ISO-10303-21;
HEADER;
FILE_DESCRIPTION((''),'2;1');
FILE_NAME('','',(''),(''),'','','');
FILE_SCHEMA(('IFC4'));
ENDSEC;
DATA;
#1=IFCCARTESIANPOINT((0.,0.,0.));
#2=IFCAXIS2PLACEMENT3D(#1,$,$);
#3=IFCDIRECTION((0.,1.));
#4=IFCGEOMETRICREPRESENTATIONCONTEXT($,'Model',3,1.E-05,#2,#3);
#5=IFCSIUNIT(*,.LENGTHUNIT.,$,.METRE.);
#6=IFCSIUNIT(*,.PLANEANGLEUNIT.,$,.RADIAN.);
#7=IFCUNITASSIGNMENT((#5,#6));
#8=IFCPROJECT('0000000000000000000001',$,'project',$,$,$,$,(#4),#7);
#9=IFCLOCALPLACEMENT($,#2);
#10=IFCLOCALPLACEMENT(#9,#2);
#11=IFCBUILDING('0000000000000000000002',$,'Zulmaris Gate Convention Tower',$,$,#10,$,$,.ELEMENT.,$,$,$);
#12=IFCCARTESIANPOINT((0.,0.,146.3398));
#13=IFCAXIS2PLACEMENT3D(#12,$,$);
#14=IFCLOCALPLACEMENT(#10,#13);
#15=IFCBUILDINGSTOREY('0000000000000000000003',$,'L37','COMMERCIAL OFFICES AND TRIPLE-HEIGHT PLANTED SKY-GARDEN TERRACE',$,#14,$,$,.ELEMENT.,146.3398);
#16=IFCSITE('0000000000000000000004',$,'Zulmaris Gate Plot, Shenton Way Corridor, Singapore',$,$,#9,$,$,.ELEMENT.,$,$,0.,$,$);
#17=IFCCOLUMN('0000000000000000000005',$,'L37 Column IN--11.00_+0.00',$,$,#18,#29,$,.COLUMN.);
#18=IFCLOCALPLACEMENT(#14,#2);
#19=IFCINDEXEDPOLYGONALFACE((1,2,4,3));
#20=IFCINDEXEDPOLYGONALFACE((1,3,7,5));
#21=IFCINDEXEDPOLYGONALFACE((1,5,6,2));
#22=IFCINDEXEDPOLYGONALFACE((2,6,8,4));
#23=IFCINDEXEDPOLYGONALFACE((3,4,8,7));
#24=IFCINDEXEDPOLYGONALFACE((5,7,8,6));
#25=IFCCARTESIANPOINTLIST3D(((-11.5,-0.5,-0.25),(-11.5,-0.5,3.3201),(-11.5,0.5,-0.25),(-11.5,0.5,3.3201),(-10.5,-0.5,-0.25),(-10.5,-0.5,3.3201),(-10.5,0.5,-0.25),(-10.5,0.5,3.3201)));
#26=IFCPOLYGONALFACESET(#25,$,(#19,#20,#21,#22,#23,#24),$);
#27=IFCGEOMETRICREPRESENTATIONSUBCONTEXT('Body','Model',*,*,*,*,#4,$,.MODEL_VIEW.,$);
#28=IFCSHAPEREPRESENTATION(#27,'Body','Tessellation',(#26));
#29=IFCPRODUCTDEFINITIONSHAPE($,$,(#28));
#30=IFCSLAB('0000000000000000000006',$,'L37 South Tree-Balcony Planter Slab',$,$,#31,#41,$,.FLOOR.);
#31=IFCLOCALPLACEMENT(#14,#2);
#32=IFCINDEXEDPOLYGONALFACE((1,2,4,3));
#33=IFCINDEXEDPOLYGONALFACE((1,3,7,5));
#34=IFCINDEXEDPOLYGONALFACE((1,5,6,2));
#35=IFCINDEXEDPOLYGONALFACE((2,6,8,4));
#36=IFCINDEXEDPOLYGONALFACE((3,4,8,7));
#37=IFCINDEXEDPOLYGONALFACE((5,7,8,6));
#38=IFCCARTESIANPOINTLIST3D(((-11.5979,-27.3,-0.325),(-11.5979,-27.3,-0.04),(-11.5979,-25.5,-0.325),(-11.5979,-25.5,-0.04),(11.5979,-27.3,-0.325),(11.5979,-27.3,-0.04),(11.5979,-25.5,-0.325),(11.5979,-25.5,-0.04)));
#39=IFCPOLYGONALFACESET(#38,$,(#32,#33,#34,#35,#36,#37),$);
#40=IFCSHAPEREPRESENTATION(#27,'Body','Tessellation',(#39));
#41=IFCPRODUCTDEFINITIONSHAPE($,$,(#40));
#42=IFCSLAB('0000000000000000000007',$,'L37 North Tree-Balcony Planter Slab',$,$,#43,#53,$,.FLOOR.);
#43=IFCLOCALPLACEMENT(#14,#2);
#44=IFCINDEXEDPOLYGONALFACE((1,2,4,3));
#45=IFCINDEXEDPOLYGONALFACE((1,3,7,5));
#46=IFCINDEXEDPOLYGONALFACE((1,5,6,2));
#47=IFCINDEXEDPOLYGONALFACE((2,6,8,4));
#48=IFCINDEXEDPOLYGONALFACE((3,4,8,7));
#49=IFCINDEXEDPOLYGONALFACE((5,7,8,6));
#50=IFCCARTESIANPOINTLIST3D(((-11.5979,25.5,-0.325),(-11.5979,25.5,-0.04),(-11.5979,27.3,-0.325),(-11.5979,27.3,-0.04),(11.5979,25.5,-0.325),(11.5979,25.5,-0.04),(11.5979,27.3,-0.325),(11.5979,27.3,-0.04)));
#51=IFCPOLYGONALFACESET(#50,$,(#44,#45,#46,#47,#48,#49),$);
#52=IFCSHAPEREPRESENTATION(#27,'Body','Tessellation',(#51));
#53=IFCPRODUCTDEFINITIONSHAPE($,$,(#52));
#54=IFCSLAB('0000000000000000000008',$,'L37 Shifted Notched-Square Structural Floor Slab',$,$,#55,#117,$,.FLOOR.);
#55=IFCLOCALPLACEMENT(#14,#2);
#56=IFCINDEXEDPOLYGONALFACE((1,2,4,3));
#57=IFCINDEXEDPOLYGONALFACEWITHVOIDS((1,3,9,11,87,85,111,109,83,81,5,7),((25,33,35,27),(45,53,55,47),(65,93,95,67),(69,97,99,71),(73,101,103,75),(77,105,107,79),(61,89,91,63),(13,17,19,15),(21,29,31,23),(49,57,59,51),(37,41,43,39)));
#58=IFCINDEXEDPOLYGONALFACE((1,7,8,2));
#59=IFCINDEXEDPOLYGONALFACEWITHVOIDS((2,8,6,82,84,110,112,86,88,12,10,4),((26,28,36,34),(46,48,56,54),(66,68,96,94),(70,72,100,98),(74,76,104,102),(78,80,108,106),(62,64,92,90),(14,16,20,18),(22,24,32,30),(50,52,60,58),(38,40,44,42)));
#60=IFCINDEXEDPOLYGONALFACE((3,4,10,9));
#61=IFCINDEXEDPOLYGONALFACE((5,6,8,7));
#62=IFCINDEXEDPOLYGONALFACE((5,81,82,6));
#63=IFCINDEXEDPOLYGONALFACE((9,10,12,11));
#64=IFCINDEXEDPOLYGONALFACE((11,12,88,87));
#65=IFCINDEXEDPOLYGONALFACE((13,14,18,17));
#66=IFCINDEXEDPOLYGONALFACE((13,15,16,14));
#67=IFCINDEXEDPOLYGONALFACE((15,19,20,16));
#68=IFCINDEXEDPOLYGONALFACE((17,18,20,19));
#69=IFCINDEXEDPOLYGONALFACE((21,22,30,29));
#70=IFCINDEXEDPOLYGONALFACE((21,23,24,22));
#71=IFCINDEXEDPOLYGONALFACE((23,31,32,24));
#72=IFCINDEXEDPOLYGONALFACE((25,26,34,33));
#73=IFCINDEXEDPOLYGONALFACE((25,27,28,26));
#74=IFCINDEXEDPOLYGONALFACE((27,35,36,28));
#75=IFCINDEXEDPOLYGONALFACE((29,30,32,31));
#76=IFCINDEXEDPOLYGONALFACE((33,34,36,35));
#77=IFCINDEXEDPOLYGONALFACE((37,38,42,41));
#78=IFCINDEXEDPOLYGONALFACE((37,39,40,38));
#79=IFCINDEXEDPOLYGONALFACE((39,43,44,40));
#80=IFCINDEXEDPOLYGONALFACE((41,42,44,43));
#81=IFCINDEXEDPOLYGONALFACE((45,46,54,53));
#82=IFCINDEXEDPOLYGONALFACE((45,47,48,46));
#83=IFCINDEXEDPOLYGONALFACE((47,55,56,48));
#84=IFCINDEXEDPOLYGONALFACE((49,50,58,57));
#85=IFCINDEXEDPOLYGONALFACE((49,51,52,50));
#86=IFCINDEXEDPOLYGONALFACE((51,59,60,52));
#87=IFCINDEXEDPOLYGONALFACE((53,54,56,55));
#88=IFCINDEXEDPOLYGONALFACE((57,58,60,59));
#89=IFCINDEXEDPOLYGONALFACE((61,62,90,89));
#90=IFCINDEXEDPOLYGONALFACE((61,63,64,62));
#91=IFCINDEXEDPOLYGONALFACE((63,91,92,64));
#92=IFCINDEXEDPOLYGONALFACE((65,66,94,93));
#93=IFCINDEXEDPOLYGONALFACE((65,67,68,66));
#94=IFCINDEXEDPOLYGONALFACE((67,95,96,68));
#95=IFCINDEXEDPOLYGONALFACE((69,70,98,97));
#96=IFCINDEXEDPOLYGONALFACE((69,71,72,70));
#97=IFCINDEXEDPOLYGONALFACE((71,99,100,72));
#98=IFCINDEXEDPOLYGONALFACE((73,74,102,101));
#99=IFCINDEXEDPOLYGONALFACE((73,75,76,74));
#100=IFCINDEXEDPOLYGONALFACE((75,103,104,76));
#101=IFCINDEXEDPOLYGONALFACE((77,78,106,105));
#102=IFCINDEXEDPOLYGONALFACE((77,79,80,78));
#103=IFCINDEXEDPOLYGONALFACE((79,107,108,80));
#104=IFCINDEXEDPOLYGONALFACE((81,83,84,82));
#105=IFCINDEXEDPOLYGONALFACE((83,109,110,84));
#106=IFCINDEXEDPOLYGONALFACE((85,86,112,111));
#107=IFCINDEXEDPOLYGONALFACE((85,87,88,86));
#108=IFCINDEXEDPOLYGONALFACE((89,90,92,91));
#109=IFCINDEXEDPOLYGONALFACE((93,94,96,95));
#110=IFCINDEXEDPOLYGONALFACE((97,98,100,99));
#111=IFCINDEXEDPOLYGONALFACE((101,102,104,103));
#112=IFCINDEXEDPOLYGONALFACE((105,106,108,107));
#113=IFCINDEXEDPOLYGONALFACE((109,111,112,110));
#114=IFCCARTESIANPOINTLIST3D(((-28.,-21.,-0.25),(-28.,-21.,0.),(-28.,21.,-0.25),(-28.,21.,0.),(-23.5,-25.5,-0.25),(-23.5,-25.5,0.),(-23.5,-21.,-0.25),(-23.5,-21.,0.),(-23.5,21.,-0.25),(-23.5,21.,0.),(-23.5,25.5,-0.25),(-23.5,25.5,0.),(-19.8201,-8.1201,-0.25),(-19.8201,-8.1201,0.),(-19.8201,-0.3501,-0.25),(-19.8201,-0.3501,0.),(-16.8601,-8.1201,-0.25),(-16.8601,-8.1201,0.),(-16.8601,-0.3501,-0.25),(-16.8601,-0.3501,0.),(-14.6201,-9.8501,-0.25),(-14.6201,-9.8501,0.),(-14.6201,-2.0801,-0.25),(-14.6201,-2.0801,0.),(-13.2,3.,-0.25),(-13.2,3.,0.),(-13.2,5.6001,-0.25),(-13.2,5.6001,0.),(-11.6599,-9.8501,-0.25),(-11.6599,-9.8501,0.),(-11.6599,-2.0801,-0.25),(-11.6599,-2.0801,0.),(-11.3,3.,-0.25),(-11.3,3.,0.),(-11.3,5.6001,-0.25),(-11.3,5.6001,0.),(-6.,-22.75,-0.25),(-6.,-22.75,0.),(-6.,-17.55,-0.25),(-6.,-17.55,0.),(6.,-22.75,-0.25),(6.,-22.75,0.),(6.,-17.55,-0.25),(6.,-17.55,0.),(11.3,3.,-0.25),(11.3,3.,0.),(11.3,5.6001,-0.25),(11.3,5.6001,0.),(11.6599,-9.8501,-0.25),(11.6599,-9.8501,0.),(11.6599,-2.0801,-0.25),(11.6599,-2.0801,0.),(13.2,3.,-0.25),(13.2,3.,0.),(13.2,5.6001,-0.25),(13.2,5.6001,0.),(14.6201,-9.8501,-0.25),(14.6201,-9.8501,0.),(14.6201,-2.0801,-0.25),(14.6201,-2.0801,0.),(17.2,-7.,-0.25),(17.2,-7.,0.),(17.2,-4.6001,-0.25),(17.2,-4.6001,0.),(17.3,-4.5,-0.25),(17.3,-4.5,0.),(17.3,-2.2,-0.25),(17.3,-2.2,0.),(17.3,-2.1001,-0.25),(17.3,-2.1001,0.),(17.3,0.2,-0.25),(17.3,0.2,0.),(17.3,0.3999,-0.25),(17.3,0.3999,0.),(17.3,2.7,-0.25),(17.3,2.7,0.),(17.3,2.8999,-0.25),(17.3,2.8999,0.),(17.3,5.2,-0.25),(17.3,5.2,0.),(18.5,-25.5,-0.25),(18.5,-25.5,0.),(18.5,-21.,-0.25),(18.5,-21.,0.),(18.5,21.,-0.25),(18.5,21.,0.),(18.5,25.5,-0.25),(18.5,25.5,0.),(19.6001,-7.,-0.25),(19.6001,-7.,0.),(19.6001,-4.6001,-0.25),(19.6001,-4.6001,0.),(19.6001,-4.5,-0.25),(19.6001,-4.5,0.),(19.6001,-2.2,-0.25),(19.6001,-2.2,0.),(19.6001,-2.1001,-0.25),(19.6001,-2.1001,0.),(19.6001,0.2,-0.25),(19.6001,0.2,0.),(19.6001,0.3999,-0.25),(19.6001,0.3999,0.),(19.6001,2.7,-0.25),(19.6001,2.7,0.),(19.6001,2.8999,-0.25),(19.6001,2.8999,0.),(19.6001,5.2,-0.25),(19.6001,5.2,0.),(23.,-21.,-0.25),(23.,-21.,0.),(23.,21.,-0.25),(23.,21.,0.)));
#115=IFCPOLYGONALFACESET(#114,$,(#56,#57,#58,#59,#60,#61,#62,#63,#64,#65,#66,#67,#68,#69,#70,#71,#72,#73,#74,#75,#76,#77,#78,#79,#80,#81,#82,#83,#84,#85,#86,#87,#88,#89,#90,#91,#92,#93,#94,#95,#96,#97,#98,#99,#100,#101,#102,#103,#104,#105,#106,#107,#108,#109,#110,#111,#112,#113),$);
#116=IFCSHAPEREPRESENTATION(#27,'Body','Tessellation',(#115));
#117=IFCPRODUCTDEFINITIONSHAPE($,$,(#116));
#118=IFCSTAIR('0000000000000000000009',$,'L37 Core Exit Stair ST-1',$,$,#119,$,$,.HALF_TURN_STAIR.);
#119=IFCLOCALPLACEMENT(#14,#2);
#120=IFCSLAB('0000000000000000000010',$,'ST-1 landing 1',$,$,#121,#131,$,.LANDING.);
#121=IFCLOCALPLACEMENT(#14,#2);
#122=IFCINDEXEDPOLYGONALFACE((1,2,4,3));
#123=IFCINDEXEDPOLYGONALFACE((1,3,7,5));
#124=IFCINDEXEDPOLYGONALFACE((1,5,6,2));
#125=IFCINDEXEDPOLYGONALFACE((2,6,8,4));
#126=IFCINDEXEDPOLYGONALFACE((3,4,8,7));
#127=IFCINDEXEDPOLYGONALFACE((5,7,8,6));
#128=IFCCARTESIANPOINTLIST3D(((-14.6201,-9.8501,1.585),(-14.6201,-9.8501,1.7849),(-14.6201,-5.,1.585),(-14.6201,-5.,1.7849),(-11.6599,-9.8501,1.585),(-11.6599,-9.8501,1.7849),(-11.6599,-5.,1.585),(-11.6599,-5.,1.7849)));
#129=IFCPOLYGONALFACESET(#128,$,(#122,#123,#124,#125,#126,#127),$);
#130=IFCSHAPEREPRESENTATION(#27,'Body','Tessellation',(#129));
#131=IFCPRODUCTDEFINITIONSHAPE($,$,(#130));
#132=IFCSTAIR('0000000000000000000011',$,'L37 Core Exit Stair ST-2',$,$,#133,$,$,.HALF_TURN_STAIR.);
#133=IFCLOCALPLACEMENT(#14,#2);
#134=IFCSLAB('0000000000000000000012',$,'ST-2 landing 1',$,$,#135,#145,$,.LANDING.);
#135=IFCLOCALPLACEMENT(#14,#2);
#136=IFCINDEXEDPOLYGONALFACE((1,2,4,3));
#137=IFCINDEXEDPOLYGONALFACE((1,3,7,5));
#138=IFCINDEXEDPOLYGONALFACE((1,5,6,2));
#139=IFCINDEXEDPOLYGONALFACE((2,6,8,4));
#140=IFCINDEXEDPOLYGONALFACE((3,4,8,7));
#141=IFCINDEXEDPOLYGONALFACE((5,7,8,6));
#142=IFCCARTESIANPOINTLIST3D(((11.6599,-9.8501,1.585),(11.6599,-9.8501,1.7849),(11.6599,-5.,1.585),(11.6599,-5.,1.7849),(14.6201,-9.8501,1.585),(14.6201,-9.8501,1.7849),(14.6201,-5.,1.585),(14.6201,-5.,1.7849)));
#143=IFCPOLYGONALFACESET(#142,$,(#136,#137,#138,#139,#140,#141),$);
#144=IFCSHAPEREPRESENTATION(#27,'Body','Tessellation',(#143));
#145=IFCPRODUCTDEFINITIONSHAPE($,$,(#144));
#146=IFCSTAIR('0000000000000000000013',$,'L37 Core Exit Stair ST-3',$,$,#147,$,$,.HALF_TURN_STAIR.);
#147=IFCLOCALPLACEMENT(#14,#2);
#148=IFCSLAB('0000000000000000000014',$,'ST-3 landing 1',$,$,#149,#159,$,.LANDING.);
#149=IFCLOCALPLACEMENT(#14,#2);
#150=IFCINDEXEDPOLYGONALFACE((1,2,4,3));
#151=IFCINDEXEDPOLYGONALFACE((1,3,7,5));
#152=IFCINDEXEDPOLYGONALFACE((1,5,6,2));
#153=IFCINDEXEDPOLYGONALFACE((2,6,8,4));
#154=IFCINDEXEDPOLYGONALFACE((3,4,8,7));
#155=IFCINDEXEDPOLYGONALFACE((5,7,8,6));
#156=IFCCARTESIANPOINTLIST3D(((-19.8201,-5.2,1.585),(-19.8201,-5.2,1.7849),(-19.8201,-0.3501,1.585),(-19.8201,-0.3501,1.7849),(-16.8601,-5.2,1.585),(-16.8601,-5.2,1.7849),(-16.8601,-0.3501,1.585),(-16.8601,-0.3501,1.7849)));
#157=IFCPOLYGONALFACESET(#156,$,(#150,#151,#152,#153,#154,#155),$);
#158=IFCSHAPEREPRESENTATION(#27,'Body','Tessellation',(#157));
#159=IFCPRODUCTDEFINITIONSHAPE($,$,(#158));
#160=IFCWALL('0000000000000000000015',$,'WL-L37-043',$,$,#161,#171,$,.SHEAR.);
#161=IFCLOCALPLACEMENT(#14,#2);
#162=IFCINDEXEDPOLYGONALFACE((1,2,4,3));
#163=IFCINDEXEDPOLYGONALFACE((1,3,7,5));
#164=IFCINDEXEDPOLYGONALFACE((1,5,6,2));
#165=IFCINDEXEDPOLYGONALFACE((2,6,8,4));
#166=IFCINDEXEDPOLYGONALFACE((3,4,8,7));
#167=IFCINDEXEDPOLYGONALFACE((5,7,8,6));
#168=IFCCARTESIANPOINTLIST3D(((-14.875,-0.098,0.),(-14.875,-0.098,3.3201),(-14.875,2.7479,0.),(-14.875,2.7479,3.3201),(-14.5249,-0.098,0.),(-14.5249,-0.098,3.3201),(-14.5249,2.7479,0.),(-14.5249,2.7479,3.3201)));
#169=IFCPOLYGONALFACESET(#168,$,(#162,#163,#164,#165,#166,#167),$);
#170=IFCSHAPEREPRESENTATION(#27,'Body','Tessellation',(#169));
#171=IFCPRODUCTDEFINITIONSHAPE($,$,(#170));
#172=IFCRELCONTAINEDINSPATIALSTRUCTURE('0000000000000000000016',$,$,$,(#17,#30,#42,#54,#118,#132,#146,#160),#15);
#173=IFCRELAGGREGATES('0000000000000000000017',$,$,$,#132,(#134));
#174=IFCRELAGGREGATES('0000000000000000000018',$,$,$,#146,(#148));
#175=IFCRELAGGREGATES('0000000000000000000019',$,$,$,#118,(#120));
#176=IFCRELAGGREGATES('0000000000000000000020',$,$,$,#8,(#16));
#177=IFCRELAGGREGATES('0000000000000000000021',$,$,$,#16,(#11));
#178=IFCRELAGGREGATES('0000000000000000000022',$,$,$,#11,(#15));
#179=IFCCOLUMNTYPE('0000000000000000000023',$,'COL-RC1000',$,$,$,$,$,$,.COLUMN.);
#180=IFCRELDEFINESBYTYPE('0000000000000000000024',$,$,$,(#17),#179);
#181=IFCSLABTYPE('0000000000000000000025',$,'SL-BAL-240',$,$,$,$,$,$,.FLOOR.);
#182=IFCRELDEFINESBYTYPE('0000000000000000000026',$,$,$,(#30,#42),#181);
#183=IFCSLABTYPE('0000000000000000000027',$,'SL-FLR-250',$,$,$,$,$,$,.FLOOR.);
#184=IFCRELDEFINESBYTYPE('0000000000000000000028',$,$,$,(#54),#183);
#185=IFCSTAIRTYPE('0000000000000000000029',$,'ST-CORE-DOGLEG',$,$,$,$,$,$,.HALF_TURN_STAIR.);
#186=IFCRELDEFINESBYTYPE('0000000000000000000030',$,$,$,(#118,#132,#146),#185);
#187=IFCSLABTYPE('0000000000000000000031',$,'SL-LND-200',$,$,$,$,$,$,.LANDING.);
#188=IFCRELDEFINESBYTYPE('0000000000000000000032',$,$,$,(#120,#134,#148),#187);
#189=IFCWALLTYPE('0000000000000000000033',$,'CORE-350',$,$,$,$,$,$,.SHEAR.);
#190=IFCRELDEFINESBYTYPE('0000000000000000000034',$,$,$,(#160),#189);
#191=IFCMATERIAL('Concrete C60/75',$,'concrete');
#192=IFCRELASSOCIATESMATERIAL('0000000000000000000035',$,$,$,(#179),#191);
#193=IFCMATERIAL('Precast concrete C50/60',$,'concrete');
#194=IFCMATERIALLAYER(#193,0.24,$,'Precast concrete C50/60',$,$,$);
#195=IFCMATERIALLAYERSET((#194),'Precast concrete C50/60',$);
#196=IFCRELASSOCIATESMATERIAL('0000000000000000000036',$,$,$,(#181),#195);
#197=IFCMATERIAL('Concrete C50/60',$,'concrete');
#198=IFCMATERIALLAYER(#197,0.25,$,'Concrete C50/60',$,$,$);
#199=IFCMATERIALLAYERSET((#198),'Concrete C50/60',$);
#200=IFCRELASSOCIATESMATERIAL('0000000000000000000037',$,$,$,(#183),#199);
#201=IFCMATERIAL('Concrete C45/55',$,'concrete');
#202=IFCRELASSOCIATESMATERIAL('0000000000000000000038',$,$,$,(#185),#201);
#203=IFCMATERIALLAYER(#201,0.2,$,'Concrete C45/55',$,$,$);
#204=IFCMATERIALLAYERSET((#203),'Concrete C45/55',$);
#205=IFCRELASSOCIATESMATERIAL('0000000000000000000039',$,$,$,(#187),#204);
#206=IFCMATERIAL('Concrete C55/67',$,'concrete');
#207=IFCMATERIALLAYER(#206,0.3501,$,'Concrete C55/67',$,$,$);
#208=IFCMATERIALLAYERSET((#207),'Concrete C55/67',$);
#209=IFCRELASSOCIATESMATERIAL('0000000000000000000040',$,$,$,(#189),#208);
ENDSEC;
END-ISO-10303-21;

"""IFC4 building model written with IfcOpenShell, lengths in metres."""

from ifc_helpers import new_model, si_unit, direction, frame, frame_2d, origin, origin_2d, place, context, subcontext, project, spatial, polyline, rectangle, outline, extrude, material, layer, layer_set, material_profile, profile_set, type_object, element, aggregate, save


model = new_model("IFC4")

# Units and contexts
model_context = context("Model", 3, precision=1e-05, world=origin(), true_north=direction((0.0, 1.0)))
body_context = subcontext(model_context, "Body", "Model", "MODEL_VIEW")
ifc_project = project(units=[si_unit("LENGTHUNIT", "METRE"), si_unit("PLANEANGLEUNIT", "RADIAN")], contexts=[model_context])

# Site, building, storey
site_placement = place(None, origin())
site = spatial("IfcSite", under=ifc_project, at=site_placement, Name="Zulmaris Gate Plot, Shenton Way Corridor, Singapore", CompositionType="ELEMENT", RefElevation=0.0)
building_placement = place(site_placement, origin())
building = spatial("IfcBuilding", under=site, at=building_placement, Name="Zulmaris Gate Convention Tower", CompositionType="ELEMENT")
storey_placement = place(building_placement, frame((0.0, 0.0, 146.3398)))
storey = spatial("IfcBuildingStorey", under=building, at=storey_placement, Name="L37", Description="COMMERCIAL OFFICES AND TRIPLE-HEIGHT PLANTED SKY-GARDEN TERRACE", CompositionType="ELEMENT", Elevation=146.3398)

# Column
ifc_material_1 = material(Name="Concrete C60/75", Category="concrete")
ifc_material_profile = material_profile(ifc_material_1, rectangle(XDim=1.0, YDim=1.0, at=origin_2d()), Name="RC COL 1000x1000")
ifc_profile_set = profile_set([ifc_material_profile], Name="Concrete C60/75")
column_type = type_object("IfcColumnType", Name="COL-RC1000", PredefinedType="COLUMN", material=ifc_profile_set)
column_placement = place(storey_placement, frame((-11.0, 0.0, -0.25), z_axis=(0.0, 0.0, 1.0), x_axis=(1.0, 0.0, 0.0)))
element("IfcColumn", 1, at=column_placement, inside=storey, type_object=column_type, Name="L37 Column IN--11.00_+0.00", PredefinedType="COLUMN", context=body_context, shape_type="SweptSolid", body=[
    extrude(rectangle(XDim=1.0, YDim=1.0, at=origin_2d()), origin(), (0.0, 0.0, 1.0), 3.5701),
])

# Slabs
ifc_material_2 = material(Name="Precast concrete C50/60", Category="concrete")
ifc_layer_1 = layer(ifc_material_2, 0.24, Name="Precast concrete C50/60")
ifc_layer_set_1 = layer_set([ifc_layer_1], Name="Precast concrete C50/60")
slab_type_1 = type_object("IfcSlabType", Name="SL-BAL-240", PredefinedType="FLOOR", material=ifc_layer_set_1)
slab_1_placement = place(storey_placement, frame((0.0, 0.0, -0.325)))
element("IfcSlab", 2, at=slab_1_placement, inside=storey, type_object=slab_type_1, Name="L37 South Tree-Balcony Planter Slab", PredefinedType="FLOOR", context=body_context, shape_type="SweptSolid", body=[
    extrude(outline(polyline([(-11.5979, -27.3), (-11.5979, -25.5), (11.5979, -25.5), (11.5979, -27.3), (-11.5979, -27.3)])), origin(), (0.0, 0.0, 1.0), 0.2849),
])
slab_2_placement = place(storey_placement, frame((0.0, 0.0, -0.325)))
element("IfcSlab", 3, at=slab_2_placement, inside=storey, type_object=slab_type_1, Name="L37 North Tree-Balcony Planter Slab", PredefinedType="FLOOR", context=body_context, shape_type="SweptSolid", body=[
    extrude(outline(polyline([(11.5979, 27.3), (11.5979, 25.5), (-11.5979, 25.5), (-11.5979, 27.3), (11.5979, 27.3)])), origin(), (0.0, 0.0, 1.0), 0.2849),
])
ifc_material_3 = material(Name="Concrete C50/60", Category="concrete")
ifc_layer_2 = layer(ifc_material_3, 0.25, Name="Concrete C50/60")
ifc_layer_set_2 = layer_set([ifc_layer_2], Name="Concrete C50/60")
slab_type_2 = type_object("IfcSlabType", Name="SL-FLR-250", PredefinedType="FLOOR", material=ifc_layer_set_2)
slab_3_placement = place(storey_placement, frame((0.0, 0.0, -0.25)))
element("IfcSlab", 4, at=slab_3_placement, inside=storey, type_object=slab_type_2, Name="L37 Shifted Notched-Square Structural Floor Slab", PredefinedType="FLOOR", context=body_context, shape_type="SweptSolid", body=[
    extrude(outline(polyline([(-23.5, -25.5), (18.5, -25.5), (18.5, -21.0), (23.0, -21.0), (23.0, 21.0), (18.5, 21.0), (18.5, 25.5), (-23.5, 25.5), (-23.5, 21.0), (-28.0, 21.0), (-28.0, -21.0), (-23.5, -21.0), (-23.5, -25.5)]), holes=[polyline([(-14.6201, -2.0801), (-14.6201, -9.8501), (-11.6599, -9.8501), (-11.6599, -2.0801), (-14.6201, -2.0801)]), polyline([(11.6599, -2.0801), (11.6599, -9.8501), (14.6201, -9.8501), (14.6201, -2.0801), (11.6599, -2.0801)]), polyline([(-16.8601, -8.1201), (-16.8601, -0.3501), (-19.8201, -0.3501), (-19.8201, -8.1201), (-16.8601, -8.1201)]), polyline([(-13.2, 3.0), (-11.3, 3.0), (-11.3, 5.6001), (-13.2, 5.6001), (-13.2, 3.0)]), polyline([(11.3, 3.0), (13.2, 3.0), (13.2, 5.6001), (11.3, 5.6001), (11.3, 3.0)]), polyline([(17.2, -7.0), (19.6001, -7.0), (19.6001, -4.6001), (17.2, -4.6001), (17.2, -7.0)]), polyline([(17.3, -4.5), (19.6001, -4.5), (19.6001, -2.2), (17.3, -2.2), (17.3, -4.5)]), polyline([(17.3, -2.1001), (19.6001, -2.1001), (19.6001, 0.2), (17.3, 0.2), (17.3, -2.1001)]), polyline([(17.3, 0.3999), (19.6001, 0.3999), (19.6001, 2.7), (17.3, 2.7), (17.3, 0.3999)]), polyline([(17.3, 2.8999), (19.6001, 2.8999), (19.6001, 5.2), (17.3, 5.2), (17.3, 2.8999)]), polyline([(-6.0, -22.75), (6.0, -22.75), (6.0, -17.55), (-6.0, -17.55), (-6.0, -22.75)])]), origin(), (0.0, 0.0, 1.0), 0.25),
])

# Stairs, slabs
ifc_material_4 = material(Name="Concrete C45/55", Category="concrete")
stair_type = type_object("IfcStairType", Name="ST-CORE-DOGLEG", PredefinedType="HALF_TURN_STAIR", material=ifc_material_4)
stair_1_placement = place(storey_placement, origin())
stair_1 = element("IfcStair", 5, at=stair_1_placement, inside=storey, type_object=stair_type, Name="L37 Core Exit Stair ST-1", PredefinedType="HALF_TURN_STAIR")
ifc_layer_3 = layer(ifc_material_4, 0.2, Name="Concrete C45/55")
ifc_layer_set_3 = layer_set([ifc_layer_3], Name="Concrete C45/55")
slab_type_3 = type_object("IfcSlabType", Name="SL-LND-200", PredefinedType="LANDING", material=ifc_layer_set_3)
slab_4_placement = place(storey_placement, frame((0.0, 0.0, 1.585)))
slab_4 = element("IfcSlab", 6, at=slab_4_placement, type_object=slab_type_3, Name="ST-1 landing 1", PredefinedType="LANDING", context=body_context, shape_type="SweptSolid", body=[
    extrude(outline(polyline([(-14.6201, -5.0), (-14.6201, -9.8501), (-11.6599, -9.8501), (-11.6599, -5.0), (-14.6201, -5.0)])), origin(), (0.0, 0.0, 1.0), 0.2),
])
stair_2_placement = place(storey_placement, origin())
stair_2 = element("IfcStair", 7, at=stair_2_placement, inside=storey, type_object=stair_type, Name="L37 Core Exit Stair ST-2", PredefinedType="HALF_TURN_STAIR")
slab_5_placement = place(storey_placement, frame((0.0, 0.0, 1.585)))
slab_5 = element("IfcSlab", 8, at=slab_5_placement, type_object=slab_type_3, Name="ST-2 landing 1", PredefinedType="LANDING", context=body_context, shape_type="SweptSolid", body=[
    extrude(outline(polyline([(11.6599, -5.0), (11.6599, -9.8501), (14.6201, -9.8501), (14.6201, -5.0), (11.6599, -5.0)])), origin(), (0.0, 0.0, 1.0), 0.2),
])
aggregate(stair_2, [slab_5])
stair_3_placement = place(storey_placement, origin())
stair_3 = element("IfcStair", 9, at=stair_3_placement, inside=storey, type_object=stair_type, Name="L37 Core Exit Stair ST-3", PredefinedType="HALF_TURN_STAIR")
slab_6_placement = place(storey_placement, frame((0.0, 0.0, 1.585)))
slab_6 = element("IfcSlab", 10, at=slab_6_placement, type_object=slab_type_3, Name="ST-3 landing 1", PredefinedType="LANDING", context=body_context, shape_type="SweptSolid", body=[
    extrude(outline(polyline([(-16.8601, -5.2), (-16.8601, -0.3501), (-19.8201, -0.3501), (-19.8201, -5.2), (-16.8601, -5.2)])), origin(), (0.0, 0.0, 1.0), 0.2),
])
aggregate(stair_3, [slab_6])

# Wall
ifc_material_5 = material(Name="Concrete C55/67", Category="concrete")
ifc_layer_4 = layer(ifc_material_5, 0.3501, Name="Concrete C55/67")
ifc_layer_set_4 = layer_set([ifc_layer_4], Name="Concrete C55/67")
wall_type_1 = type_object("IfcWallType", Name="CORE-350", PredefinedType="SHEAR", material=ifc_layer_set_4)
wall_1_placement = place(storey_placement, frame((-14.7, -0.0979, 0.0), z_axis=(0.0, 0.0, 1.0), x_axis=(0.0, 1.0, 0.0)))
element("IfcWall", 11, at=wall_1_placement, inside=storey, type_object=wall_type_1, Name="WL-L37-043", PredefinedType="SHEAR", context=body_context, shape_type="SweptSolid", body=[
    extrude(rectangle(XDim=2.8459, YDim=0.3501, at=frame_2d((1.4229, 0.0))), origin(), (0.0, 0.0, 1.0), 3.3201),
])

aggregate(stair_1, [slab_4])

save(model, "model.ifc")
